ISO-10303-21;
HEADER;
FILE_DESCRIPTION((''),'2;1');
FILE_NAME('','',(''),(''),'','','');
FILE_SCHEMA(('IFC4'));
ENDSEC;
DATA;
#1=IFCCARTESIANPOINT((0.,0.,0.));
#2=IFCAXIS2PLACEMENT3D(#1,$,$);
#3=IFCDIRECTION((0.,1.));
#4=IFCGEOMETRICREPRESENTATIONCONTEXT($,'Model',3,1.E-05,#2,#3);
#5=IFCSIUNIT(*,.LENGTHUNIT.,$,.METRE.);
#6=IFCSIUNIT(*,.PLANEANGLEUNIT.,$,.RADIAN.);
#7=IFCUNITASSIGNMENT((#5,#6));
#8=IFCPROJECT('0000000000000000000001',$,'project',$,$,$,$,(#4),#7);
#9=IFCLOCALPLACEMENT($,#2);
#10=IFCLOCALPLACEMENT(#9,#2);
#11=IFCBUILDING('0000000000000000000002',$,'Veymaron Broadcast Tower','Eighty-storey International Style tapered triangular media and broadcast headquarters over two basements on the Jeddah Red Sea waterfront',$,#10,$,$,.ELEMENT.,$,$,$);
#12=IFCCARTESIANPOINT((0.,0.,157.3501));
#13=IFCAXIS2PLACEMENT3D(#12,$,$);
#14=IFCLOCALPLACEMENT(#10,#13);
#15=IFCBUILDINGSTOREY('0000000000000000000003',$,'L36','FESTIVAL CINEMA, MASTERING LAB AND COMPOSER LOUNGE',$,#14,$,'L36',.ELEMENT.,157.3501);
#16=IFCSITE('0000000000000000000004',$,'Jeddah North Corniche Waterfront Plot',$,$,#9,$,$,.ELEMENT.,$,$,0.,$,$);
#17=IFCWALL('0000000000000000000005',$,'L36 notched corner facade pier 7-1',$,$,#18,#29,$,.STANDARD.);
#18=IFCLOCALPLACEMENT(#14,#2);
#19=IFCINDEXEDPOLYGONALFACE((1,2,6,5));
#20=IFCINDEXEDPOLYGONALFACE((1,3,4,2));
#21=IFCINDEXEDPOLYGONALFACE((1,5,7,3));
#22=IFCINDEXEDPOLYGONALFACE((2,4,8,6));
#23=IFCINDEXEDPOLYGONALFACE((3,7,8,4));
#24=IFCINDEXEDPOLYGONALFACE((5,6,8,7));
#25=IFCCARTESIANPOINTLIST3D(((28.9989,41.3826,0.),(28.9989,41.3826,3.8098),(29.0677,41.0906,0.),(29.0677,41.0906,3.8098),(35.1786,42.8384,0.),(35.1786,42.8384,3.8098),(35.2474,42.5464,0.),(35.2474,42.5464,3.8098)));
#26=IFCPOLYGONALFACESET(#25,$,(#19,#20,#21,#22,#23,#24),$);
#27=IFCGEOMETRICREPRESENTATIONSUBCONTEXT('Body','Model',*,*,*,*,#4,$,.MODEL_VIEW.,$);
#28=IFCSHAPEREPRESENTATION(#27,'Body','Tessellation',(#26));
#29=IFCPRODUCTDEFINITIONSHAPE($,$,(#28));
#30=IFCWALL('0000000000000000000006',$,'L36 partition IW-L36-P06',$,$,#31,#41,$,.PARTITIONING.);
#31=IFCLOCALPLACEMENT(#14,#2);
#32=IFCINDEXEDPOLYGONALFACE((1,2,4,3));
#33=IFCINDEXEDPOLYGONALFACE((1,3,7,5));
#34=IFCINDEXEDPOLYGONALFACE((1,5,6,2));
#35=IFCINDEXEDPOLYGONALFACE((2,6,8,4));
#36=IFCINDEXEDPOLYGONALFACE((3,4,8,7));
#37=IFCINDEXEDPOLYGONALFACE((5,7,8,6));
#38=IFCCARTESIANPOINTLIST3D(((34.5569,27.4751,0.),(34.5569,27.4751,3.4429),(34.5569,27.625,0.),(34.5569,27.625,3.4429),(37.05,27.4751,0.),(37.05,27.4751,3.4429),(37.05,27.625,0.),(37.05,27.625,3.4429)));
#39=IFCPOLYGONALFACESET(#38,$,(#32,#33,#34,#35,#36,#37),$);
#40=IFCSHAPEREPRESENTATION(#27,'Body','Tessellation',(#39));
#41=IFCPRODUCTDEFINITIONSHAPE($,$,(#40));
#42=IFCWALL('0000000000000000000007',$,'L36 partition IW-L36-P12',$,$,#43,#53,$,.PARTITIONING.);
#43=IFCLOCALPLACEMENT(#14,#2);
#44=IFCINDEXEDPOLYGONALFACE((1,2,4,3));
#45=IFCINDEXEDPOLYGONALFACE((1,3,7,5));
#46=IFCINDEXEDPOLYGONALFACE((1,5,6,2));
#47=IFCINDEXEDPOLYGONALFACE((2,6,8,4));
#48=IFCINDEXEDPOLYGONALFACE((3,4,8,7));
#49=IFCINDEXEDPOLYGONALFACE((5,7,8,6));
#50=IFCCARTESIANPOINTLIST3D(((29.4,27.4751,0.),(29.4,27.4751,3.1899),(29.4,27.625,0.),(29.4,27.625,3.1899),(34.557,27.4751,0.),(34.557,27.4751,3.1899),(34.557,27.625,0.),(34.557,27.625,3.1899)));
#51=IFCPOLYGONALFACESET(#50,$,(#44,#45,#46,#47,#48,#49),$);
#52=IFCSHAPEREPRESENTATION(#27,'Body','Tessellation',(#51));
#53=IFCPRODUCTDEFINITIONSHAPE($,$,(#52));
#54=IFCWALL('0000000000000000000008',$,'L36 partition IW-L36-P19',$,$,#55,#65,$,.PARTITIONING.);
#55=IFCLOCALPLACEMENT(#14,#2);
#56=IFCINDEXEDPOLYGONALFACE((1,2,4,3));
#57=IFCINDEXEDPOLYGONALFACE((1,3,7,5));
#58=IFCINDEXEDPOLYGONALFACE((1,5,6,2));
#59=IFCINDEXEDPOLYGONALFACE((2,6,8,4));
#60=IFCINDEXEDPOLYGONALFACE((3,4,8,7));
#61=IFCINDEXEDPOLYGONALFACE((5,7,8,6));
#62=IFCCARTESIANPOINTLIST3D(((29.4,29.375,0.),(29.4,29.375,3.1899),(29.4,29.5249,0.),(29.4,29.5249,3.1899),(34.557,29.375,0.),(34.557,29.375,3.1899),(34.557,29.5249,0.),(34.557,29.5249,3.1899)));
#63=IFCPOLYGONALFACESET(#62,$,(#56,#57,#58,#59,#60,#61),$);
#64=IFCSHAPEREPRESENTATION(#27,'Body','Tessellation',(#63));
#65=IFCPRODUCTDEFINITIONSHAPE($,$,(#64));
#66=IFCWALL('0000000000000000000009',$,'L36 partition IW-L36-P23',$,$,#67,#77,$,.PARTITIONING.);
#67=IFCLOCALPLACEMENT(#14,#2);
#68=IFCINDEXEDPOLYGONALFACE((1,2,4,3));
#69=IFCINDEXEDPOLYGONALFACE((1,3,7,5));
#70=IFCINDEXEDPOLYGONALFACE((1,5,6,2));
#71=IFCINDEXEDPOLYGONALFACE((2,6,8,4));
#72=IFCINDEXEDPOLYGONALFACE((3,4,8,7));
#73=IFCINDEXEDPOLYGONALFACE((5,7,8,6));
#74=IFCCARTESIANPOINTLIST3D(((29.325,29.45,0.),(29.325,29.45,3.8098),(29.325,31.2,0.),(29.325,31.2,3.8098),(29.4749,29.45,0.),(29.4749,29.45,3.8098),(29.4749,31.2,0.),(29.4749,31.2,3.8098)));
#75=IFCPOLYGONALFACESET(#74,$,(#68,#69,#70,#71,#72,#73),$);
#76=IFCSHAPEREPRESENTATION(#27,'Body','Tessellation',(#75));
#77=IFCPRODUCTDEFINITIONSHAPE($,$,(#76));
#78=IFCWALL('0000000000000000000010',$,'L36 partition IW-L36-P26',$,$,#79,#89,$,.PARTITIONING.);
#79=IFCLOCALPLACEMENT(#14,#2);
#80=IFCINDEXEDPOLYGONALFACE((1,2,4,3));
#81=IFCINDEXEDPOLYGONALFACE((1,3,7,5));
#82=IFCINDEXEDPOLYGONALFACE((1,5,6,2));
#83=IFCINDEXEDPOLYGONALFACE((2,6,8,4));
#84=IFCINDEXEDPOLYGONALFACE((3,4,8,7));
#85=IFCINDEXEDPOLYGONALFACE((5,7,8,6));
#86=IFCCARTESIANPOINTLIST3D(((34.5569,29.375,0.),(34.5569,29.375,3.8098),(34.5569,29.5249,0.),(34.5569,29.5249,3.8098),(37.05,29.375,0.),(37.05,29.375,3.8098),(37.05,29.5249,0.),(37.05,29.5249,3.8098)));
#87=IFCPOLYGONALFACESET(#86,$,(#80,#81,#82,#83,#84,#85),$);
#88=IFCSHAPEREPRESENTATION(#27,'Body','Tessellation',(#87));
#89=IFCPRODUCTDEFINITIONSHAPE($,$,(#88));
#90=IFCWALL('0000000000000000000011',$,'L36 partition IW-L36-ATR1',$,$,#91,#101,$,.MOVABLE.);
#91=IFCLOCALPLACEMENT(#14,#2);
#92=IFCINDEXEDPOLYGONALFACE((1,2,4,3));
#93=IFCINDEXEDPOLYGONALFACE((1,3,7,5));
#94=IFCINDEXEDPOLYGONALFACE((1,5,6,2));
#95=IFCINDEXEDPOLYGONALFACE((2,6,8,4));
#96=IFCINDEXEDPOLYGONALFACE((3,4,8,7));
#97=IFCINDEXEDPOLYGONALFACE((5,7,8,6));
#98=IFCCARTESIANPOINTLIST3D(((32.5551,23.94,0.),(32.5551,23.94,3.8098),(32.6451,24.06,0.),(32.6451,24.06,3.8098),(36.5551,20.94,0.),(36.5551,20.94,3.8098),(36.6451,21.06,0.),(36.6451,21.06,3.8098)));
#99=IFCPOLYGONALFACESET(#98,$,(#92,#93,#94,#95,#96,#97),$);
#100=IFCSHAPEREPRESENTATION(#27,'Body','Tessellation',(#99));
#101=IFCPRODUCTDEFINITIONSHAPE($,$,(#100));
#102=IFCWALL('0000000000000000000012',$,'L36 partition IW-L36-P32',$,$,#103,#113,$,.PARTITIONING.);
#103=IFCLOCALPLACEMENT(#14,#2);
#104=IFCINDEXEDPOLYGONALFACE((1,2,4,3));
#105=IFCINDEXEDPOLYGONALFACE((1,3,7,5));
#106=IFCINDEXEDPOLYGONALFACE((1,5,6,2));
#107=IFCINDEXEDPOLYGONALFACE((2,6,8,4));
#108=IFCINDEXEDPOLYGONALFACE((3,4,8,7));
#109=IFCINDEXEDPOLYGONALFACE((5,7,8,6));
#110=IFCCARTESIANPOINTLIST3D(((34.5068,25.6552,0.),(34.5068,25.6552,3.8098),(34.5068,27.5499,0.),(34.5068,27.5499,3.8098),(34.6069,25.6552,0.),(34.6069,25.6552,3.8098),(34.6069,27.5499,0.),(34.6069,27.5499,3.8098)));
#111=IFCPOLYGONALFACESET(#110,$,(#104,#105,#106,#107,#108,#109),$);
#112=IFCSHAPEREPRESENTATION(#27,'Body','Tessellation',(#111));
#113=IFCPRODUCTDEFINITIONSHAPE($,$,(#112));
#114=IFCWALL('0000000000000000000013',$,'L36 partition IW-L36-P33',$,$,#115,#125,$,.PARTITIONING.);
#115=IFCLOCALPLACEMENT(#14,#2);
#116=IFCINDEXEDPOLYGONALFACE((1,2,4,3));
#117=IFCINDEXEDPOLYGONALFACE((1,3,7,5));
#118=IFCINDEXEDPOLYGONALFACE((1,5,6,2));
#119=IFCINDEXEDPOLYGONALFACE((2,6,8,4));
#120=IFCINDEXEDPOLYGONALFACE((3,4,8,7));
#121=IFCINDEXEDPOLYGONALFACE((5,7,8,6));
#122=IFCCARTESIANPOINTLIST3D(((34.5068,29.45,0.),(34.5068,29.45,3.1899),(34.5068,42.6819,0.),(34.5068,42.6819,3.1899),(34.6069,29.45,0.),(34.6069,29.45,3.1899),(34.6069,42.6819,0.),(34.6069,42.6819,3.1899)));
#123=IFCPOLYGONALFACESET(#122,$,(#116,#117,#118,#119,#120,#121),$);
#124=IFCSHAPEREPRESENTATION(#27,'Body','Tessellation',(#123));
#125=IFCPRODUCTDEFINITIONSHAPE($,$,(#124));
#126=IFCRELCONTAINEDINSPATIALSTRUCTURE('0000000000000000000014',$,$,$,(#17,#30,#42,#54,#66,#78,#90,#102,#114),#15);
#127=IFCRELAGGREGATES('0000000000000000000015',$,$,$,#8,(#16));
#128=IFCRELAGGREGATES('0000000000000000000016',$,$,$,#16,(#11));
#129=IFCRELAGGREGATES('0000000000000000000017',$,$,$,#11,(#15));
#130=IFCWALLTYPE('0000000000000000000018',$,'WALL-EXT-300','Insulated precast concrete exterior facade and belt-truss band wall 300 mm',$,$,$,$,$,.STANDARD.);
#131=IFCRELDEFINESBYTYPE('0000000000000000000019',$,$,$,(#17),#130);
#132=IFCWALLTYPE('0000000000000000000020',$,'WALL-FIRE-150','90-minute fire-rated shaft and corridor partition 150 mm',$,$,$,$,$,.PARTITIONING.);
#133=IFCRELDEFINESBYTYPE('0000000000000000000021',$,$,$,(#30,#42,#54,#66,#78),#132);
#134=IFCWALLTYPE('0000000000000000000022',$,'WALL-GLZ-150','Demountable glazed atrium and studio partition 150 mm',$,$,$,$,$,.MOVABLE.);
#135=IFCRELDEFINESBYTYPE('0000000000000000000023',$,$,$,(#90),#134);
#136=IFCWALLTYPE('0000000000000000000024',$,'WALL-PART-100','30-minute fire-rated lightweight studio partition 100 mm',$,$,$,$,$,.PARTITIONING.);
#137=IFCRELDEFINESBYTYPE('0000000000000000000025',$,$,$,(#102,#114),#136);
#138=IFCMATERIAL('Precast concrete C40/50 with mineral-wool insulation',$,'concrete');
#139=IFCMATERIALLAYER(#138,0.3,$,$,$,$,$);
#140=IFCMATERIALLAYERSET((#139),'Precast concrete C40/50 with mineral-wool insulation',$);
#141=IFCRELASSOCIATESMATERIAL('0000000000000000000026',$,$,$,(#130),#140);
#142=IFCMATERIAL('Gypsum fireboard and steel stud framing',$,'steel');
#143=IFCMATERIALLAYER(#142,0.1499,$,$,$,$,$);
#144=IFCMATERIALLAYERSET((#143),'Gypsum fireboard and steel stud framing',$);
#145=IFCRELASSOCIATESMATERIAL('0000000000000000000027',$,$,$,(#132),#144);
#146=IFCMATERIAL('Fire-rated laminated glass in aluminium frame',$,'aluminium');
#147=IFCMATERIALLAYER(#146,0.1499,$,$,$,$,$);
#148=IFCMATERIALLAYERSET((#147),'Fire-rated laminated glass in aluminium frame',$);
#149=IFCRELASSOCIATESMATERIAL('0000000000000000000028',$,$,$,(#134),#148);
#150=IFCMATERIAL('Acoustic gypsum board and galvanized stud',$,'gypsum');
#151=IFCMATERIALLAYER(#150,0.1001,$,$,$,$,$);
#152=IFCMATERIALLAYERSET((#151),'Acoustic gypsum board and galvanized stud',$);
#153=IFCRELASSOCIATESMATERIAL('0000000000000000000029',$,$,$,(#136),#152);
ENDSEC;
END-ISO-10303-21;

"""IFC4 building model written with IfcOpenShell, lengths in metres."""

from ifc_helpers import new_model, si_unit, direction, frame, frame_2d, origin, place, context, subcontext, project, spatial, rectangle, extrude, material, layer, layer_set, type_object, element, save


model = new_model("IFC4")

# Units and contexts
model_context = context("Model", 3, precision=1e-05, world=origin(), true_north=direction((0.0, 1.0)))
body_context = subcontext(model_context, "Body", "Model", "MODEL_VIEW")
ifc_project = project(units=[si_unit("LENGTHUNIT", "METRE"), si_unit("PLANEANGLEUNIT", "RADIAN")], contexts=[model_context])

# Site, building, storey
site_placement = place(None, origin())
site = spatial("IfcSite", under=ifc_project, at=site_placement, Name="Jeddah North Corniche Waterfront Plot", CompositionType="ELEMENT", RefElevation=0.0)
building_placement = place(site_placement, origin())
building = spatial("IfcBuilding", under=site, at=building_placement, Name="Veymaron Broadcast Tower", Description="Eighty-storey International Style tapered triangular media and broadcast headquarters over two basements on the Jeddah Red Sea waterfront", CompositionType="ELEMENT")
storey_placement = place(building_placement, frame((0.0, 0.0, 157.3501)))
storey = spatial("IfcBuildingStorey", under=building, at=storey_placement, Name="L36", Description="FESTIVAL CINEMA, MASTERING LAB AND COMPOSER LOUNGE", LongName="L36", CompositionType="ELEMENT", Elevation=157.3501)

# Walls
ifc_material_1 = material(Name="Precast concrete C40/50 with mineral-wool insulation", Category="concrete")
ifc_layer_1 = layer(ifc_material_1, 0.3)
ifc_layer_set_1 = layer_set([ifc_layer_1], Name="Precast concrete C40/50 with mineral-wool insulation")
wall_type_1 = type_object("IfcWallType", Name="WALL-EXT-300", Description="Insulated precast concrete exterior facade and belt-truss band wall 300 mm", PredefinedType="STANDARD", material=ifc_layer_set_1)
wall_1_placement = place(storey_placement, frame((35.2129, 42.6924, 0.0), z_axis=(0.0, 0.0, 1.0), x_axis=(-0.973355, -0.229303, 0.0)))
element("IfcWall", 1, at=wall_1_placement, inside=storey, type_object=wall_type_1, Name="L36 notched corner facade pier 7-1", PredefinedType="STANDARD", context=body_context, shape_type="SweptSolid", body=[
    extrude(rectangle(XDim=6.3489, YDim=0.3, at=frame_2d((3.1743, 0.0))), origin(), (0.0, 0.0, 1.0), 3.8098),
])
ifc_material_2 = material(Name="Gypsum fireboard and steel stud framing", Category="steel")
ifc_layer_2 = layer(ifc_material_2, 0.1499)
ifc_layer_set_2 = layer_set([ifc_layer_2], Name="Gypsum fireboard and steel stud framing")
wall_type_2 = type_object("IfcWallType", Name="WALL-FIRE-150", Description="90-minute fire-rated shaft and corridor partition 150 mm", PredefinedType="PARTITIONING", material=ifc_layer_set_2)
wall_2_placement = place(storey_placement, frame((34.5569, 27.55, 0.0), z_axis=(0.0, 0.0, 1.0), x_axis=(1.0, 0.0, 0.0)))
element("IfcWall", 2, at=wall_2_placement, inside=storey, type_object=wall_type_2, Name="L36 partition IW-L36-P06", PredefinedType="PARTITIONING", context=body_context, shape_type="SweptSolid", body=[
    extrude(rectangle(XDim=2.4932, YDim=0.1499, at=frame_2d((1.2466, 0.0))), origin(), (0.0, 0.0, 1.0), 3.4429),
])
for number, where, z_axis, x_axis, name in (
    (3, (29.3999, 27.55, 0.0), (0.0, 0.0, 1.0), (1.0, 0.0, 0.0), "L36 partition IW-L36-P12"),
    (4, (29.3999, 29.45, 0.0), (0.0, 0.0, 1.0), (1.0, 0.0, 0.0), "L36 partition IW-L36-P19"),
):
    element("IfcWall", number, at=place(storey_placement, frame(where, z_axis=z_axis, x_axis=x_axis)), inside=storey, type_object=wall_type_2, Name=name, PredefinedType="PARTITIONING", context=body_context, shape_type="SweptSolid", body=[
        extrude(rectangle(XDim=5.157, YDim=0.1499, at=frame_2d((2.5786, 0.0))), origin(), (0.0, 0.0, 1.0), 3.1899),
    ])
wall_3_placement = place(storey_placement, frame((29.3999, 29.45, 0.0), z_axis=(0.0, 0.0, 1.0), x_axis=(0.0, 1.0, 0.0)))
element("IfcWall", 5, at=wall_3_placement, inside=storey, type_object=wall_type_2, Name="L36 partition IW-L36-P23", PredefinedType="PARTITIONING", context=body_context, shape_type="SweptSolid", body=[
    extrude(rectangle(XDim=1.75, YDim=0.1499, at=frame_2d((0.875, 0.0))), origin(), (0.0, 0.0, 1.0), 3.8098),
])
wall_4_placement = place(storey_placement, frame((34.5569, 29.45, 0.0), z_axis=(0.0, 0.0, 1.0), x_axis=(1.0, 0.0, 0.0)))
element("IfcWall", 6, at=wall_4_placement, inside=storey, type_object=wall_type_2, Name="L36 partition IW-L36-P26", PredefinedType="PARTITIONING", context=body_context, shape_type="SweptSolid", body=[
    extrude(rectangle(XDim=2.4932, YDim=0.1499, at=frame_2d((1.2466, 0.0))), origin(), (0.0, 0.0, 1.0), 3.8098),
])
ifc_material_3 = material(Name="Fire-rated laminated glass in aluminium frame", Category="aluminium")
ifc_layer_3 = layer(ifc_material_3, 0.1499)
ifc_layer_set_3 = layer_set([ifc_layer_3], Name="Fire-rated laminated glass in aluminium frame")
wall_type_3 = type_object("IfcWallType", Name="WALL-GLZ-150", Description="Demountable glazed atrium and studio partition 150 mm", PredefinedType="MOVABLE", material=ifc_layer_set_3)
wall_5_placement = place(storey_placement, frame((32.6001, 24.0, 0.0), z_axis=(0.0, 0.0, 1.0), x_axis=(0.8, -0.6, 0.0)))
element("IfcWall", 7, at=wall_5_placement, inside=storey, type_object=wall_type_3, Name="L36 partition IW-L36-ATR1", PredefinedType="MOVABLE", context=body_context, shape_type="SweptSolid", body=[
    extrude(rectangle(XDim=5.0, YDim=0.1499, at=frame_2d((2.5, 0.0))), origin(), (0.0, 0.0, 1.0), 3.8098),
])
ifc_material_4 = material(Name="Acoustic gypsum board and galvanized stud", Category="gypsum")
ifc_layer_4 = layer(ifc_material_4, 0.1001)
ifc_layer_set_4 = layer_set([ifc_layer_4], Name="Acoustic gypsum board and galvanized stud")
wall_type_4 = type_object("IfcWallType", Name="WALL-PART-100", Description="30-minute fire-rated lightweight studio partition 100 mm", PredefinedType="PARTITIONING", material=ifc_layer_set_4)
wall_6_placement = place(storey_placement, frame((34.5569, 25.6553, 0.0), z_axis=(0.0, 0.0, 1.0), x_axis=(0.0, 1.0, 0.0)))
element("IfcWall", 8, at=wall_6_placement, inside=storey, type_object=wall_type_4, Name="L36 partition IW-L36-P32", PredefinedType="PARTITIONING", context=body_context, shape_type="SweptSolid", body=[
    extrude(rectangle(XDim=1.8948, YDim=0.1001, at=frame_2d((0.9473, 0.0))), origin(), (0.0, 0.0, 1.0), 3.8098),
])
wall_7_placement = place(storey_placement, frame((34.5569, 29.45, 0.0), z_axis=(0.0, 0.0, 1.0), x_axis=(0.0, 1.0, 0.0)))
element("IfcWall", 9, at=wall_7_placement, inside=storey, type_object=wall_type_4, Name="L36 partition IW-L36-P33", PredefinedType="PARTITIONING", context=body_context, shape_type="SweptSolid", body=[
    extrude(rectangle(XDim=13.2319, YDim=0.1001, at=frame_2d((6.616, 0.0))), origin(), (0.0, 0.0, 1.0), 3.1899),
])

save(model, "model.ifc")
